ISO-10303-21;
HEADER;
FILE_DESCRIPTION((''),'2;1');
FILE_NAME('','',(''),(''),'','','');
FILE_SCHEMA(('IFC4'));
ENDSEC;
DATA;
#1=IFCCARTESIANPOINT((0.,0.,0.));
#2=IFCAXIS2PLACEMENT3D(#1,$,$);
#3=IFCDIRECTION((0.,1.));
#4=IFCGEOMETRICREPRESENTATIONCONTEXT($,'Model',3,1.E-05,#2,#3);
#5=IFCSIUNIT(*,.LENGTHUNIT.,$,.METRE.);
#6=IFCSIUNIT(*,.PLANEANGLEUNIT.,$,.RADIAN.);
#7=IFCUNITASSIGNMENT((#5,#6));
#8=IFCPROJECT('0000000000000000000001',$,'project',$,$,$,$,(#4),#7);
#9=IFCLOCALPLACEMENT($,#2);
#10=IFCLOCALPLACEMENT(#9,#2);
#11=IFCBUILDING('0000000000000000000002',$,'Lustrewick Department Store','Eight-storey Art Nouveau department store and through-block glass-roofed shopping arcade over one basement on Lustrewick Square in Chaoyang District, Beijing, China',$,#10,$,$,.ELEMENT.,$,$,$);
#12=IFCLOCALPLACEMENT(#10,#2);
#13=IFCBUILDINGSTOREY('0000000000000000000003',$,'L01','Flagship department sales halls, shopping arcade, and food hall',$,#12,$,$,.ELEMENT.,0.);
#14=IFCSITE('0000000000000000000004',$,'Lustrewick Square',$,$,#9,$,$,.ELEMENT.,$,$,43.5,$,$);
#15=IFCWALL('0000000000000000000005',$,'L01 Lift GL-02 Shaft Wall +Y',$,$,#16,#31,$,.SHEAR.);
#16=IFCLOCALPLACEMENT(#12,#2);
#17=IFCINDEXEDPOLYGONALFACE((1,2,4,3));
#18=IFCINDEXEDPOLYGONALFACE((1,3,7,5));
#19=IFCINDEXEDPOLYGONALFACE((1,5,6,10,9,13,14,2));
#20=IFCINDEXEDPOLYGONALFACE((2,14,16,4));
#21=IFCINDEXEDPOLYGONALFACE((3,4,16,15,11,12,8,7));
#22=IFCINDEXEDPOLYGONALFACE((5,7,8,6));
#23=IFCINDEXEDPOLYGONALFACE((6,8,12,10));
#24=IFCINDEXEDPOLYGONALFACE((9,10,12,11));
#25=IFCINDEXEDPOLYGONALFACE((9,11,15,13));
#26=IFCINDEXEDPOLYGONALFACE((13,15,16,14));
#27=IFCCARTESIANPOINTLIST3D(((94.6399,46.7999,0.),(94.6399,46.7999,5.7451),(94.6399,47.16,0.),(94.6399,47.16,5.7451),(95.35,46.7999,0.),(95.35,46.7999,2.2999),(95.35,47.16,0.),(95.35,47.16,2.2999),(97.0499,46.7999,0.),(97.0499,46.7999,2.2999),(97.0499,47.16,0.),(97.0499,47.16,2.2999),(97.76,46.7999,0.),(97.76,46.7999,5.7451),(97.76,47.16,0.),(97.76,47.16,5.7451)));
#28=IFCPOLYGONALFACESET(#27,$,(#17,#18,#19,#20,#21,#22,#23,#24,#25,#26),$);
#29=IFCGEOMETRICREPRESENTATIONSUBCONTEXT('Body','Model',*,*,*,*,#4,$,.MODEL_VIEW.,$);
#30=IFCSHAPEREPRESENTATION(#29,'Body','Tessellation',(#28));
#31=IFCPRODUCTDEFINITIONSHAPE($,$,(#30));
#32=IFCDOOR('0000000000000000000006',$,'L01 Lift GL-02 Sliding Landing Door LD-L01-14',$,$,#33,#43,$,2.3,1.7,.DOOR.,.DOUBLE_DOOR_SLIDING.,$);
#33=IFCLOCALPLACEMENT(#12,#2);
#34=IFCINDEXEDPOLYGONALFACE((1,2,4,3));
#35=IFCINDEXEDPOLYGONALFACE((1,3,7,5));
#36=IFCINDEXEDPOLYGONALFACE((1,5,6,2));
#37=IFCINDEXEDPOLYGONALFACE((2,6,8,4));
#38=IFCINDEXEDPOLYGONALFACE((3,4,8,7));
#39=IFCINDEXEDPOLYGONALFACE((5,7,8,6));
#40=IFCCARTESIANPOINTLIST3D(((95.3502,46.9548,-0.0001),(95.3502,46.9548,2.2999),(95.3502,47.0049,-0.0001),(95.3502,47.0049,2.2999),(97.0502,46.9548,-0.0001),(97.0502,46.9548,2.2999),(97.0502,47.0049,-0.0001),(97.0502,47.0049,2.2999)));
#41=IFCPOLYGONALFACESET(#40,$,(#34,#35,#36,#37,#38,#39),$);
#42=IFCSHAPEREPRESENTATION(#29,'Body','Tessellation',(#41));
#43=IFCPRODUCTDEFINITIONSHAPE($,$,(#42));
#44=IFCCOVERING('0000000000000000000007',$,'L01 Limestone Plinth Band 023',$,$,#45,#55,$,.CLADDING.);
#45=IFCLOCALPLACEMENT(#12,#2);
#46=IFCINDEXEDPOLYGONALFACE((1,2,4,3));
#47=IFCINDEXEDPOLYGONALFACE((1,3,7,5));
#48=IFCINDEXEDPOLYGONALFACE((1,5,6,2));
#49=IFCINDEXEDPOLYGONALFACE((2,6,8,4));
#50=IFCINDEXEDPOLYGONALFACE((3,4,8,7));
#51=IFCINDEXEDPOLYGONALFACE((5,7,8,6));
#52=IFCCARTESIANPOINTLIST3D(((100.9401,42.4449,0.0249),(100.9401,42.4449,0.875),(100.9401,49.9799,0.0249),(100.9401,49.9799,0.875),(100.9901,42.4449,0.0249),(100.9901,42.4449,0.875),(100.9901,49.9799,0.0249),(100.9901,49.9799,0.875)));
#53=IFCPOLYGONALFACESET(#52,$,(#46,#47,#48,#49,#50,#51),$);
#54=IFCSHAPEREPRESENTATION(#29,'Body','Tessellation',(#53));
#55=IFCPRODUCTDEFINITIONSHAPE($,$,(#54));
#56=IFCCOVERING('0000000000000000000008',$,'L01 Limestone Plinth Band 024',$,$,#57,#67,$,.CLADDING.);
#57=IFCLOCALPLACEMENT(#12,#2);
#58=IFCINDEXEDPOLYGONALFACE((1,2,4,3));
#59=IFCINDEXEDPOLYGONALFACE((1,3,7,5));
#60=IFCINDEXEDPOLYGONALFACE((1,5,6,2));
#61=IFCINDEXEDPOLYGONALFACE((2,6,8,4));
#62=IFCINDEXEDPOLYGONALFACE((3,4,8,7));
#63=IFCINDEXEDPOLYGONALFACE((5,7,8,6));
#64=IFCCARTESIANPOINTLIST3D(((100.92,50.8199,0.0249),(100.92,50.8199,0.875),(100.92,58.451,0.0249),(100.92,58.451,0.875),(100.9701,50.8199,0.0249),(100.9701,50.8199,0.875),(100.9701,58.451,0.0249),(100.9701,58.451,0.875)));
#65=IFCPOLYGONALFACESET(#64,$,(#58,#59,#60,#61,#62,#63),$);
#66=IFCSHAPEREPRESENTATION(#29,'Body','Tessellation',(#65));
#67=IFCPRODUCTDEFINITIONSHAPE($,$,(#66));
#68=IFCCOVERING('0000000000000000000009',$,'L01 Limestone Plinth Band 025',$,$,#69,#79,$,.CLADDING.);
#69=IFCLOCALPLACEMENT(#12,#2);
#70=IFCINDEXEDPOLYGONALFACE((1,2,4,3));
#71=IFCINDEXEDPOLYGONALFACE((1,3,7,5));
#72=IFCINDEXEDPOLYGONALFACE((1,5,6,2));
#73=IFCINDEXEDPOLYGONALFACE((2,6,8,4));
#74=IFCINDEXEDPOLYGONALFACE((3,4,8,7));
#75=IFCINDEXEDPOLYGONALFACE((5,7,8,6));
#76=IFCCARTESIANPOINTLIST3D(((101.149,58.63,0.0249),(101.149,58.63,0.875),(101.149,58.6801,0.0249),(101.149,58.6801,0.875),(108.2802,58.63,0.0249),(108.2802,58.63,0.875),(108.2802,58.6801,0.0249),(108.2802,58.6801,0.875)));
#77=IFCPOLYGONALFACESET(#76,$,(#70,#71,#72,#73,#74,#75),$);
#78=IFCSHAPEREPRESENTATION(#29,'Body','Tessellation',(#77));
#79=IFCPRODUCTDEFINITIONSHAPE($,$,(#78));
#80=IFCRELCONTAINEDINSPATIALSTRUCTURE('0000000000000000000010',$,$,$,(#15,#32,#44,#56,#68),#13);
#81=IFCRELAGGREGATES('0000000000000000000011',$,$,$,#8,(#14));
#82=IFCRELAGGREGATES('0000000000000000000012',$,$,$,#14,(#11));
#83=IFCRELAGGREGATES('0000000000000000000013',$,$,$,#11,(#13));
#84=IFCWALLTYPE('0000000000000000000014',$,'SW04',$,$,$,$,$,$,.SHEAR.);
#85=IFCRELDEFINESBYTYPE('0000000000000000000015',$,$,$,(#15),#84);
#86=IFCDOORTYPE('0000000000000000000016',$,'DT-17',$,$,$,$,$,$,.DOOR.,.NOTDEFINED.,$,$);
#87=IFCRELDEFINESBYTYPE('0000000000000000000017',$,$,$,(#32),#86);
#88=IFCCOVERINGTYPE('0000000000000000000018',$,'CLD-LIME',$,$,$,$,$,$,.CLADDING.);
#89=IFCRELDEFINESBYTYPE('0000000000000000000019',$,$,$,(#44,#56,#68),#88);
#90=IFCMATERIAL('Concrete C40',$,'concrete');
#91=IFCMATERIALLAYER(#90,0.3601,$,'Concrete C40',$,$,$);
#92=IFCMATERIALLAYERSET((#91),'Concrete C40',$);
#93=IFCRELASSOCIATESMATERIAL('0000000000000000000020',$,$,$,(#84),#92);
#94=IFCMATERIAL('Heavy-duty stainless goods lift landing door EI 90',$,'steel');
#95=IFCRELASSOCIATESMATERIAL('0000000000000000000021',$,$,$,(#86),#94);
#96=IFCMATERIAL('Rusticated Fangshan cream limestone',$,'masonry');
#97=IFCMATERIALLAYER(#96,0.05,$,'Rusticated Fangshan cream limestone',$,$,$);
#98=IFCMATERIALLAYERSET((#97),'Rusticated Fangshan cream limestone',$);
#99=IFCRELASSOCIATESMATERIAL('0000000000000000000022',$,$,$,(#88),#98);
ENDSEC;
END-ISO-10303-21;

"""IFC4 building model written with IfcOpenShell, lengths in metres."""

from ifc_helpers import new_model, si_unit, direction, frame, frame_2d, origin, origin_2d, place, context, subcontext, project, spatial, rectangle, extrude, material, layer, layer_set, type_object, element, fill, save


model = new_model("IFC4")

# Units and contexts
model_context = context("Model", 3, precision=1e-05, world=origin(), true_north=direction((0.0, 1.0)))
body_context = subcontext(model_context, "Body", "Model", "MODEL_VIEW")
ifc_project = project(units=[si_unit("LENGTHUNIT", "METRE"), si_unit("PLANEANGLEUNIT", "RADIAN")], contexts=[model_context])

# Site, building, storey
site_placement = place(None, origin())
site = spatial("IfcSite", under=ifc_project, at=site_placement, Name="Lustrewick Square", CompositionType="ELEMENT", RefElevation=43.5)
building_placement = place(site_placement, origin())
building = spatial("IfcBuilding", under=site, at=building_placement, Name="Lustrewick Department Store", Description="Eight-storey Art Nouveau department store and through-block glass-roofed shopping arcade over one basement on Lustrewick Square in Chaoyang District, Beijing, China", CompositionType="ELEMENT")
storey_placement = place(building_placement, origin())
storey = spatial("IfcBuildingStorey", under=building, at=storey_placement, Name="L01", Description="Flagship department sales halls, shopping arcade, and food hall", CompositionType="ELEMENT", Elevation=0.0)

# Shared definitions
ifc_material_1 = material(Name="Concrete C40", Category="concrete")

# Shared definitions
ifc_layer_1 = layer(ifc_material_1, 0.3601, Name="Concrete C40")
ifc_layer_set_1 = layer_set([ifc_layer_1], Name="Concrete C40")
wall_type_1 = type_object("IfcWallType", Name="SW04", PredefinedType="SHEAR", material=ifc_layer_set_1)

# Wall, opening, door
wall_1_placement = place(storey_placement, frame((97.76, 46.98, 0.0), z_axis=(0.0, 0.0, 1.0), x_axis=(-1.0, 0.0, 0.0)))
wall_1 = element("IfcWall", 1, at=wall_1_placement, inside=storey, type_object=wall_type_1, Name="L01 Lift GL-02 Shaft Wall +Y", PredefinedType="SHEAR", context=body_context, shape_type="SweptSolid", body=[
    extrude(rectangle(XDim=3.1201, YDim=0.3601, at=frame_2d((1.5601, 0.0))), origin(), (0.0, 0.0, 1.0), 5.7451),
])
opening_1_placement = place(wall_1_placement, frame((0.71, 0.0, 0.0)))
opening_1 = element("IfcOpeningElement", 2, at=opening_1_placement, cuts=wall_1, PredefinedType="OPENING", context=body_context, shape_type="SweptSolid", body=[
    extrude(rectangle(XDim=1.7, YDim=2.3, at=frame_2d((0.8501, 1.1499))), frame((0.0, 0.1899, 0.0), z_axis=(0.0, -1.0, 0.0), x_axis=(1.0, 0.0, 0.0)), (0.0, 0.0, 1.0), 0.3801),
])
ifc_material_2 = material(Name="Heavy-duty stainless goods lift landing door EI 90", Category="steel")
door_type_1 = type_object("IfcDoorType", Name="DT-17", OperationType="NOTDEFINED", PredefinedType="DOOR", material=ifc_material_2)
door_1_placement = place(opening_1_placement, frame((1.7, 0.0, 0.0), z_axis=(0.0, 0.0, 1.0), x_axis=(-1.0, 0.0, 0.0)))
door_1 = element("IfcDoor", 3, at=door_1_placement, inside=storey, type_object=door_type_1, Name="L01 Lift GL-02 Sliding Landing Door LD-L01-14", OperationType="DOUBLE_DOOR_SLIDING", OverallHeight=2.3, OverallWidth=1.7, PredefinedType="DOOR", context=body_context, shape_type="SweptSolid", body=[
    extrude(rectangle(XDim=1.7, YDim=2.3, at=frame_2d((0.8501, 1.1499))), frame((0.0, 0.0249, 0.0), z_axis=(0.0, -1.0, 0.0), x_axis=(1.0, 0.0, 0.0)), (0.0, 0.0, 1.0), 0.05),
])
fill(opening_1, door_1)

# Coverings
ifc_material_3 = material(Name="Rusticated Fangshan cream limestone", Category="masonry")
ifc_layer_2 = layer(ifc_material_3, 0.05, Name="Rusticated Fangshan cream limestone")
ifc_layer_set_2 = layer_set([ifc_layer_2], Name="Rusticated Fangshan cream limestone")
covering_type = type_object("IfcCoveringType", Name="CLD-LIME", PredefinedType="CLADDING", material=ifc_layer_set_2)
covering_1_placement = place(storey_placement, frame((100.9651, 46.2124, 0.0249), z_axis=(0.0, 0.0, 1.0), x_axis=(0.0, 1.0, 0.0)))
element("IfcCovering", 4, at=covering_1_placement, inside=storey, type_object=covering_type, Name="L01 Limestone Plinth Band 023", PredefinedType="CLADDING", context=body_context, shape_type="SweptSolid", body=[
    extrude(rectangle(XDim=7.5349, YDim=0.05, at=origin_2d()), origin(), (0.0, 0.0, 1.0), 0.8501),
])
covering_2_placement = place(storey_placement, frame((100.9451, 54.6355, 0.0249), z_axis=(0.0, 0.0, 1.0), x_axis=(0.0, 1.0, 0.0)))
element("IfcCovering", 5, at=covering_2_placement, inside=storey, type_object=covering_type, Name="L01 Limestone Plinth Band 024", PredefinedType="CLADDING", context=body_context, shape_type="SweptSolid", body=[
    extrude(rectangle(XDim=7.6311, YDim=0.05, at=origin_2d()), origin(), (0.0, 0.0, 1.0), 0.8501),
])
covering_3_placement = place(storey_placement, frame((104.7146, 58.655, 0.0249), z_axis=(0.0, 0.0, 1.0), x_axis=(1.0, 0.0, 0.0)))
element("IfcCovering", 6, at=covering_3_placement, inside=storey, type_object=covering_type, Name="L01 Limestone Plinth Band 025", PredefinedType="CLADDING", context=body_context, shape_type="SweptSolid", body=[
    extrude(rectangle(XDim=7.1311, YDim=0.05, at=origin_2d()), origin(), (0.0, 0.0, 1.0), 0.8501),
])

save(model, "model.ifc")
